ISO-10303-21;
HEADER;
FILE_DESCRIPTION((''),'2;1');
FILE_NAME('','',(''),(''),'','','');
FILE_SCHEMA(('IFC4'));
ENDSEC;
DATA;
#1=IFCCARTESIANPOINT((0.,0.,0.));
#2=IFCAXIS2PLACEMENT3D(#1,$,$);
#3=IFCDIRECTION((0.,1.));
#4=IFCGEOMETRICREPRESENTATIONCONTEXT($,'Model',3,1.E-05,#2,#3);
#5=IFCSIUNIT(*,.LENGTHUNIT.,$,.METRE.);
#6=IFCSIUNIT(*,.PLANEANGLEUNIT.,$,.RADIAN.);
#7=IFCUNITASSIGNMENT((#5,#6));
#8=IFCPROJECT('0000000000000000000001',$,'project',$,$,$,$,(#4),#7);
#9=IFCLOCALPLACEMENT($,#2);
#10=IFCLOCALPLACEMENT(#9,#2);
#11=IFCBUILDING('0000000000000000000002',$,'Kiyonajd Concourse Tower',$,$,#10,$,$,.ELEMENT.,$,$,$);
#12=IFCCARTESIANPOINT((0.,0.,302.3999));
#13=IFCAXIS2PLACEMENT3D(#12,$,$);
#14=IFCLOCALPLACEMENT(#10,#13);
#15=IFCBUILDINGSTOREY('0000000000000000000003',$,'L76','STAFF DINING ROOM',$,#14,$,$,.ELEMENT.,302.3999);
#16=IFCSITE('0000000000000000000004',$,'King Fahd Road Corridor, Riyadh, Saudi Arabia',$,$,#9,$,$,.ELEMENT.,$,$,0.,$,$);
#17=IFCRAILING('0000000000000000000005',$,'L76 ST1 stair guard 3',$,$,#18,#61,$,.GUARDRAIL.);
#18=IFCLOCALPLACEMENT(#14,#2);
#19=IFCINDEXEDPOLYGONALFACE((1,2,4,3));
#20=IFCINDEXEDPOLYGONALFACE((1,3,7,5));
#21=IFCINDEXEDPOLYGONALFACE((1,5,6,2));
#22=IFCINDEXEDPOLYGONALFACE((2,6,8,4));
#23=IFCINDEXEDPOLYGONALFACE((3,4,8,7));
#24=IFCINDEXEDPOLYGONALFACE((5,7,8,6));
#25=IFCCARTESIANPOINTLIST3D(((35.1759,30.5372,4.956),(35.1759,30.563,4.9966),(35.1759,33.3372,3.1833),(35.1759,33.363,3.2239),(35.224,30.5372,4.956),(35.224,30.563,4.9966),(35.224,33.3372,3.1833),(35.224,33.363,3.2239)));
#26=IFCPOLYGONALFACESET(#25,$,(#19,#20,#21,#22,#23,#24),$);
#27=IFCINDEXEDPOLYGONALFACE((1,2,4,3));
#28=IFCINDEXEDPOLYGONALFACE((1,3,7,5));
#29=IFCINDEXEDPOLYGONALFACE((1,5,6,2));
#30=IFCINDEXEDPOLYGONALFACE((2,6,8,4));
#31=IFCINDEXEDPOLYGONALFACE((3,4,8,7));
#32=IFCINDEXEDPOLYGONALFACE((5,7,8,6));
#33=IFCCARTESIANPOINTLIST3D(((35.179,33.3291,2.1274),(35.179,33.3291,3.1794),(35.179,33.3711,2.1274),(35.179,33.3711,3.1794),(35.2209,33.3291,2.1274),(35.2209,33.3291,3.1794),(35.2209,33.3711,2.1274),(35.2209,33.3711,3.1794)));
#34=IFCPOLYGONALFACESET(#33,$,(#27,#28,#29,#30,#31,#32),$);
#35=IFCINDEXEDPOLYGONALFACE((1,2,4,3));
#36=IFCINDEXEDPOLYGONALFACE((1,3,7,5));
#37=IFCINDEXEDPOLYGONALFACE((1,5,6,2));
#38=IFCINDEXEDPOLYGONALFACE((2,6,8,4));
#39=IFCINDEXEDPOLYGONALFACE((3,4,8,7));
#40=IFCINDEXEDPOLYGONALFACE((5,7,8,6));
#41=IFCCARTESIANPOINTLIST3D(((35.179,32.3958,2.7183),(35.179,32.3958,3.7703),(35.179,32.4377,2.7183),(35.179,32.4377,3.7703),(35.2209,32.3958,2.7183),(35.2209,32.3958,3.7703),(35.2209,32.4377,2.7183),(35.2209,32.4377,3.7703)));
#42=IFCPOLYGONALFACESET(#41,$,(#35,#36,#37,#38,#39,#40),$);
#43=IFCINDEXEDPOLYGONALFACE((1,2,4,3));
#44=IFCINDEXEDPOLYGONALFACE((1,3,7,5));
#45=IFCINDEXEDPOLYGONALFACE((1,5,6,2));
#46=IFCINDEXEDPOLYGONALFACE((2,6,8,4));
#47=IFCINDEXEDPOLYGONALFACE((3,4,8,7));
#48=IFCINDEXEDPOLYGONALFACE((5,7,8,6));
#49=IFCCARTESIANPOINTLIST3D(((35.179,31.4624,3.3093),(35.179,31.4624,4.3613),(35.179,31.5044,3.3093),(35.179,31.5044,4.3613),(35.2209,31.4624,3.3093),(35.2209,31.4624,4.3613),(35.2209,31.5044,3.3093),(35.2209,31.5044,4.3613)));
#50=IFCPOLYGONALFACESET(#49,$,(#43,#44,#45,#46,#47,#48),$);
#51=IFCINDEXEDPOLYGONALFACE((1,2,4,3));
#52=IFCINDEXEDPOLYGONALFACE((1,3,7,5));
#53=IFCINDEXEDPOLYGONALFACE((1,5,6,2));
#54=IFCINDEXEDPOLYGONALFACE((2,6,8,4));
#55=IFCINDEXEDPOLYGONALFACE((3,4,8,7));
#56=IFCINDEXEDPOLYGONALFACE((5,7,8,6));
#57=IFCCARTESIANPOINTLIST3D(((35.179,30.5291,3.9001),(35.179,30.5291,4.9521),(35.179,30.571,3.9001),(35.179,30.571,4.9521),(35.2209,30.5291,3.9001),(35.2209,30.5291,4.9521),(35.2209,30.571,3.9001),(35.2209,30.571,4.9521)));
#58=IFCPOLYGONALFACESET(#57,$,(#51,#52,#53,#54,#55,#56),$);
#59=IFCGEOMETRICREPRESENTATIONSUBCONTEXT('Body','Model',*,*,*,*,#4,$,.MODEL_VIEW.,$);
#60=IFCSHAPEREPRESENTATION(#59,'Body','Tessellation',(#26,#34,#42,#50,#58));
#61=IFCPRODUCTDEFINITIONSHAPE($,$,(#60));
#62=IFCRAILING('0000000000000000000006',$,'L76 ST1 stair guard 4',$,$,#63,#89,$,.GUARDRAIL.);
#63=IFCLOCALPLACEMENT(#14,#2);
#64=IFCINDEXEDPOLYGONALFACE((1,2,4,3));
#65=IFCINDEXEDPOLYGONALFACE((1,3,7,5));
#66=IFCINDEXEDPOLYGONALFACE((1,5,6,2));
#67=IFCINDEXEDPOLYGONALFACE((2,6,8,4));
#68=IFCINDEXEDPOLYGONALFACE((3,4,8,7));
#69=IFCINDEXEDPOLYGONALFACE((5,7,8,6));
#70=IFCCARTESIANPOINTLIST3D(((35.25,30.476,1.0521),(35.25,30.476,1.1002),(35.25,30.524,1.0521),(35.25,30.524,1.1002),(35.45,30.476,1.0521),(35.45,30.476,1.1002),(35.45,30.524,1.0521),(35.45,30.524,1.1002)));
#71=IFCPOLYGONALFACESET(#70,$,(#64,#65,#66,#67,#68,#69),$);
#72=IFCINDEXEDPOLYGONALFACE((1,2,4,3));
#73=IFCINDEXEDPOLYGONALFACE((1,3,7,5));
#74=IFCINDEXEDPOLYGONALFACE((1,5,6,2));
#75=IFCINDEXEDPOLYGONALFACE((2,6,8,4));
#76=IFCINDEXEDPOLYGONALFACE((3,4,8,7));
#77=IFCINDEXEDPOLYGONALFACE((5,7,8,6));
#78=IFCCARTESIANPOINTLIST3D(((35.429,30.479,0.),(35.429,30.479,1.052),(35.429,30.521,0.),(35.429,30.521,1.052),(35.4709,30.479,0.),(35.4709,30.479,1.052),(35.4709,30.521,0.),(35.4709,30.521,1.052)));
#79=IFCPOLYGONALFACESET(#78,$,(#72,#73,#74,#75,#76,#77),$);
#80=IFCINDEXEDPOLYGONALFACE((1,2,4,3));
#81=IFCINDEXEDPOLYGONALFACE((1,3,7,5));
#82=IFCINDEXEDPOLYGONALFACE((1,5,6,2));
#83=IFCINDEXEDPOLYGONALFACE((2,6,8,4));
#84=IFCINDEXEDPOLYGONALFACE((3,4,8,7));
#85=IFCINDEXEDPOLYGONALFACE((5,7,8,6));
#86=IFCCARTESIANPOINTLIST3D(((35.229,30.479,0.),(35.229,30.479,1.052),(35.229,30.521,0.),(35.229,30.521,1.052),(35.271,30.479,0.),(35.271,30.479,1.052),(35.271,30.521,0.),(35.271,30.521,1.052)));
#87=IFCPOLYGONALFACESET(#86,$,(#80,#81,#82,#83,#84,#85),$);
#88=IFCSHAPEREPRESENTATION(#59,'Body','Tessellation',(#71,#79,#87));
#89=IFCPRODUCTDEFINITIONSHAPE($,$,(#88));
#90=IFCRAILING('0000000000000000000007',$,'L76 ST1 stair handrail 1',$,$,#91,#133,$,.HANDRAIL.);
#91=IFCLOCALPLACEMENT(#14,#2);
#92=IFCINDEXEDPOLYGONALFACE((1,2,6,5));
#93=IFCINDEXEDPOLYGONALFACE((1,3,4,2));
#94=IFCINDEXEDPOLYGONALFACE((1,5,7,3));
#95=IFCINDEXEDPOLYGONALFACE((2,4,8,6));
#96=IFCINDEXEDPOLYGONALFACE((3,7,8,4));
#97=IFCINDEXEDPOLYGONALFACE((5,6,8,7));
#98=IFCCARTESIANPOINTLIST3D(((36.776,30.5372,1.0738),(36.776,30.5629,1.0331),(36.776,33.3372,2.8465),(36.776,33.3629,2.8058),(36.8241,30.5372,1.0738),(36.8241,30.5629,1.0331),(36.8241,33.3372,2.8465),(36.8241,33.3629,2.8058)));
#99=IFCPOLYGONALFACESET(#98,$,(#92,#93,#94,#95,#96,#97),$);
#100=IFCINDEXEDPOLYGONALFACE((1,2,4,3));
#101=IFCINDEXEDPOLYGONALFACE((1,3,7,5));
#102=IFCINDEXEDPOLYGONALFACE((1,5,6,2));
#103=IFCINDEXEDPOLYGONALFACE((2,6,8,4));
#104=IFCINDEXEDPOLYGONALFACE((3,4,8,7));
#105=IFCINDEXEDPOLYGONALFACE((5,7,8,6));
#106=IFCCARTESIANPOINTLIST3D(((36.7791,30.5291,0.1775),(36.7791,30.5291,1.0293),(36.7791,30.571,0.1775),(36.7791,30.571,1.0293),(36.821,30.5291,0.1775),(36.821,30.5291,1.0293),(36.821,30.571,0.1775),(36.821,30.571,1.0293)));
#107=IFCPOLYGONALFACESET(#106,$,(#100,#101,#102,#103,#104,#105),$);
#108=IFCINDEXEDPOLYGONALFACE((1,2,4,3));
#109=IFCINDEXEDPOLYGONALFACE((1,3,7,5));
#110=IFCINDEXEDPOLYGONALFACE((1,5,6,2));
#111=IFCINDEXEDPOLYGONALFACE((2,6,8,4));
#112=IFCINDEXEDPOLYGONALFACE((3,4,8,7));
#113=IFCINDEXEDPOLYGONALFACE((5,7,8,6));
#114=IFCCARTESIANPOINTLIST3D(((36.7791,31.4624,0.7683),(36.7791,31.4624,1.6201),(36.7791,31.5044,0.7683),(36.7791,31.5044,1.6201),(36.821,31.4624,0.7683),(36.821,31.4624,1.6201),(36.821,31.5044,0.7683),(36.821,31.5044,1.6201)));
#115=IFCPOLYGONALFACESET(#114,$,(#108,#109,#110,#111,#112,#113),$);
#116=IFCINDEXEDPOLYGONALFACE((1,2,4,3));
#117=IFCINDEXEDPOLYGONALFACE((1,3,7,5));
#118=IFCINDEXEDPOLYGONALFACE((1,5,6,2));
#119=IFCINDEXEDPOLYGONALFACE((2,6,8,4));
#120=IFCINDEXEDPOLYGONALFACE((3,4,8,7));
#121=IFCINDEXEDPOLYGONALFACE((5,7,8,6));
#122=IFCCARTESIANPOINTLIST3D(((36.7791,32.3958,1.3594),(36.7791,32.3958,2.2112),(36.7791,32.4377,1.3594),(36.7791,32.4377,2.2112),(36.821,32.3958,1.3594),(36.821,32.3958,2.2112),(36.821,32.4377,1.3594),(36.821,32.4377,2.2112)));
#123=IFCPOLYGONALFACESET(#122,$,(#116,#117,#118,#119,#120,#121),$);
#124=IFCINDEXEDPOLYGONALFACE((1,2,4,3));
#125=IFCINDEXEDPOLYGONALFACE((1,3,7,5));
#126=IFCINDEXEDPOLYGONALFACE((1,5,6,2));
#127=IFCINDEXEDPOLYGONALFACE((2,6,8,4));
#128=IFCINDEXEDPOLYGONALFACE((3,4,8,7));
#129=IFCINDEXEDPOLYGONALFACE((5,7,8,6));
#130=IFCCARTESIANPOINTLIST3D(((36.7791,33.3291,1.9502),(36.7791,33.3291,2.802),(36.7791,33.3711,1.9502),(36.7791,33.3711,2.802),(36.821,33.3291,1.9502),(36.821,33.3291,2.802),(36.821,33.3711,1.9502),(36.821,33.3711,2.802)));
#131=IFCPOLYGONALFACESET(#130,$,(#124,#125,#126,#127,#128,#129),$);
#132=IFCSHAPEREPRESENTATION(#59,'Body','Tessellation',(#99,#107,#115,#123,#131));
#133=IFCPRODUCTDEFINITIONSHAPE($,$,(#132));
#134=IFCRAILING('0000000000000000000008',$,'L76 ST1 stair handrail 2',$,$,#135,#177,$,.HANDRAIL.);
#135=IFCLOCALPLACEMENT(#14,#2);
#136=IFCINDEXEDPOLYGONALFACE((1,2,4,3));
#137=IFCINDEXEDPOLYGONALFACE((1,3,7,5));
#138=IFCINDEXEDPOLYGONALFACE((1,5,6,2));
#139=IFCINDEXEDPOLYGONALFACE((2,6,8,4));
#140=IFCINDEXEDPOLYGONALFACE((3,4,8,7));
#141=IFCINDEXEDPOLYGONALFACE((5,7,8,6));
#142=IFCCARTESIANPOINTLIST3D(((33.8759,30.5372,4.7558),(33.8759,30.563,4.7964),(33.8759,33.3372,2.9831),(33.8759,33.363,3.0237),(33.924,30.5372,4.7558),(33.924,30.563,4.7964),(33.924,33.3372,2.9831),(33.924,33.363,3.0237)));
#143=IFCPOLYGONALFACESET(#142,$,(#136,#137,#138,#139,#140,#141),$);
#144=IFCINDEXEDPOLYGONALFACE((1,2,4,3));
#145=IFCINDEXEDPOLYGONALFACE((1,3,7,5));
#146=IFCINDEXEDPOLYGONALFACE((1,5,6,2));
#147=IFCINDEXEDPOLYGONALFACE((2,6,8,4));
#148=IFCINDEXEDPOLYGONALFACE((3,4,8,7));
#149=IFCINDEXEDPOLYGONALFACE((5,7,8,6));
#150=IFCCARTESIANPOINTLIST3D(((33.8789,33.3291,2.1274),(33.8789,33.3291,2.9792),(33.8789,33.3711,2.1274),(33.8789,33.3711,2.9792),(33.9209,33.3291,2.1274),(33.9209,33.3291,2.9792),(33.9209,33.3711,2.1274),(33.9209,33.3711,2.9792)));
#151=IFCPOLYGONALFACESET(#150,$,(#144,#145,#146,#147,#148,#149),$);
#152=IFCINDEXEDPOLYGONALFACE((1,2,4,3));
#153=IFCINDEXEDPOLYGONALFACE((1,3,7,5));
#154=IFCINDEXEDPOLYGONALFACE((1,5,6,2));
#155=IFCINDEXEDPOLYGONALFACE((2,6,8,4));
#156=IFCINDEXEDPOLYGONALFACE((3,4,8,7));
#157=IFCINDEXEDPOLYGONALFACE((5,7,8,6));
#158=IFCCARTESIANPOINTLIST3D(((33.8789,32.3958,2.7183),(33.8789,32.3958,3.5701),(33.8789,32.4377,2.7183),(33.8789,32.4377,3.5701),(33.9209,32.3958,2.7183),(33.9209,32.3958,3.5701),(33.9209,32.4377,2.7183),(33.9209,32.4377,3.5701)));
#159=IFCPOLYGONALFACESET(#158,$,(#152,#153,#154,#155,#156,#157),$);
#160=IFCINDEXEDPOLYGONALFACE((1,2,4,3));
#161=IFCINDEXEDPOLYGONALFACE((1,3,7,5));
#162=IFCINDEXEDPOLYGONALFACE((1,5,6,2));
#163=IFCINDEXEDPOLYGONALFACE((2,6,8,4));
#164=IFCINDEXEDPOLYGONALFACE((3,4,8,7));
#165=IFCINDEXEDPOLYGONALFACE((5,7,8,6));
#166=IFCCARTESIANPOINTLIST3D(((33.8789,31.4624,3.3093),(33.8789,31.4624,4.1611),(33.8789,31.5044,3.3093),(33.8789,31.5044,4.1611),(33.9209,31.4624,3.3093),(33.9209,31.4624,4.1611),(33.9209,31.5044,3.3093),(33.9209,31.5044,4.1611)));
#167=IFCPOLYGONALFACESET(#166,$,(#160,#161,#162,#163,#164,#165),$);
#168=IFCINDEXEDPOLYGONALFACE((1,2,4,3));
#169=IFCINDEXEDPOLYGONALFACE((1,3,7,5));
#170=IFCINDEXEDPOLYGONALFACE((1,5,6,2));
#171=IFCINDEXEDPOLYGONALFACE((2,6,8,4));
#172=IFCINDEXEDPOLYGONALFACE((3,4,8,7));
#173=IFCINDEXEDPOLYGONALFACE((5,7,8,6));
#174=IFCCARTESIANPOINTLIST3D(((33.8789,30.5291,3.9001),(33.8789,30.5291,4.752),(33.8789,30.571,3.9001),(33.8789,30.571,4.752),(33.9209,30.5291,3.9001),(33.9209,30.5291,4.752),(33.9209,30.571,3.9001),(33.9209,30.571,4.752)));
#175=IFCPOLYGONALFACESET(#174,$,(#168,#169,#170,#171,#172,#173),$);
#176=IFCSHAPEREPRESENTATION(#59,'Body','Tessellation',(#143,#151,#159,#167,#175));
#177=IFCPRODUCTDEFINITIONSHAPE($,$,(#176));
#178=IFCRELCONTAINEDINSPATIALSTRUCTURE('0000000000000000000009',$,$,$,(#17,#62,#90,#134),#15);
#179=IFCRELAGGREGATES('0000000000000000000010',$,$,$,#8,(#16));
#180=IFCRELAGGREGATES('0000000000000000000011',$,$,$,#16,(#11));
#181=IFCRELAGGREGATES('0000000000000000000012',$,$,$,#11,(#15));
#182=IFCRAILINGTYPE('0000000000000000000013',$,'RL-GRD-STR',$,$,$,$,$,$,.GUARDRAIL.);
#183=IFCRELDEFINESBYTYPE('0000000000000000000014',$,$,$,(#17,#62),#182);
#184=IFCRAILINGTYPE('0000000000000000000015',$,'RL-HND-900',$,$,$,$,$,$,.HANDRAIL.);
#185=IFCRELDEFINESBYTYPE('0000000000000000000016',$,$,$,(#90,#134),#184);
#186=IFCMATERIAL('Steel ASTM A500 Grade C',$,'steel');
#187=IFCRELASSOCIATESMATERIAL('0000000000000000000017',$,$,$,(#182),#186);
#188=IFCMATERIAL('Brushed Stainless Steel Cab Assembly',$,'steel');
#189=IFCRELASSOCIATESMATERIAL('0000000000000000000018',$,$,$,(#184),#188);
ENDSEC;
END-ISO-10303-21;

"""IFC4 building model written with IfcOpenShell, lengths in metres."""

from ifc_helpers import new_model, si_unit, direction, frame, origin, origin_2d, place, context, subcontext, project, spatial, rectangle, extrude, material, type_object, element, save


model = new_model("IFC4")

# Units and contexts
model_context = context("Model", 3, precision=1e-05, world=origin(), true_north=direction((0.0, 1.0)))
body_context = subcontext(model_context, "Body", "Model", "MODEL_VIEW")
ifc_project = project(units=[si_unit("LENGTHUNIT", "METRE"), si_unit("PLANEANGLEUNIT", "RADIAN")], contexts=[model_context])

# Site, building, storey
site_placement = place(None, origin())
site = spatial("IfcSite", under=ifc_project, at=site_placement, Name="King Fahd Road Corridor, Riyadh, Saudi Arabia", CompositionType="ELEMENT", RefElevation=0.0)
building_placement = place(site_placement, origin())
building = spatial("IfcBuilding", under=site, at=building_placement, Name="Kiyonajd Concourse Tower", CompositionType="ELEMENT")
storey_placement = place(building_placement, frame((0.0, 0.0, 302.3999)))
storey = spatial("IfcBuildingStorey", under=building, at=storey_placement, Name="L76", Description="STAFF DINING ROOM", CompositionType="ELEMENT", Elevation=302.3999)

# Shared definitions
ifc_material_1 = material(Name="Brushed Stainless Steel Cab Assembly", Category="steel")

# Railings
ifc_material_2 = material(Name="Steel ASTM A500 Grade C", Category="steel")
railing_type_1 = type_object("IfcRailingType", Name="RL-GRD-STR", PredefinedType="GUARDRAIL", material=ifc_material_2)
railing_1_placement = place(storey_placement, frame((35.2, 33.3501, 2.1274)))
element("IfcRailing", 1, at=railing_1_placement, inside=storey, type_object=railing_type_1, Name="L76 ST1 stair guard 3", PredefinedType="GUARDRAIL", context=body_context, shape_type="SweptSolid", body=[
    extrude(rectangle(XDim=0.0481, YDim=0.0481, at=origin_2d()), frame((0.0, 0.0, 1.0762), z_axis=(0.0, -0.844909, 0.53491), x_axis=(1.0, 0.0, 0.0)), (0.0, 0.0, 1.0), 3.314),
    extrude(rectangle(XDim=0.042, YDim=0.042, at=origin_2d()), origin(), (0.0, 0.0, 1.0), 1.052),
    extrude(rectangle(XDim=0.042, YDim=0.042, at=origin_2d()), frame((0.0, -0.9333, 0.5908)), (0.0, 0.0, 1.0), 1.052),
    extrude(rectangle(XDim=0.042, YDim=0.042, at=origin_2d()), frame((0.0, -1.8667, 1.1819)), (0.0, 0.0, 1.0), 1.052),
    extrude(rectangle(XDim=0.042, YDim=0.042, at=origin_2d()), frame((0.0, -2.8, 1.7727)), (0.0, 0.0, 1.0), 1.052),
])
railing_2_placement = place(storey_placement, frame((35.45, 30.5, 0.0)))
element("IfcRailing", 2, at=railing_2_placement, inside=storey, type_object=railing_type_1, Name="L76 ST1 stair guard 4", PredefinedType="GUARDRAIL", context=body_context, shape_type="SweptSolid", body=[
    extrude(rectangle(XDim=0.0481, YDim=0.0481, at=origin_2d()), frame((0.0, 0.0, 1.0762), z_axis=(-1.0, 0.0, 0.0), x_axis=(0.0, -1.0, 0.0)), (0.0, 0.0, 1.0), 0.2),
    extrude(rectangle(XDim=0.042, YDim=0.042, at=origin_2d()), origin(), (0.0, 0.0, 1.0), 1.052),
    extrude(rectangle(XDim=0.042, YDim=0.042, at=origin_2d()), frame((-0.2, 0.0, 0.0)), (0.0, 0.0, 1.0), 1.052),
])
railing_type_2 = type_object("IfcRailingType", Name="RL-HND-900", PredefinedType="HANDRAIL", material=ifc_material_1)
railing_3_placement = place(storey_placement, frame((36.8, 30.55, 0.1775)))
element("IfcRailing", 3, at=railing_3_placement, inside=storey, type_object=railing_type_2, Name="L76 ST1 stair handrail 1", PredefinedType="HANDRAIL", context=body_context, shape_type="SweptSolid", body=[
    extrude(rectangle(XDim=0.0481, YDim=0.0481, at=origin_2d()), frame((0.0, 0.0, 0.876), z_axis=(0.0, 0.844909, 0.53491), x_axis=(-1.0, 0.0, 0.0)), (0.0, 0.0, 1.0), 3.314),
    extrude(rectangle(XDim=0.042, YDim=0.042, at=origin_2d()), origin(), (0.0, 0.0, 1.0), 0.8518),
    extrude(rectangle(XDim=0.042, YDim=0.042, at=origin_2d()), frame((0.0, 0.9333, 0.5908)), (0.0, 0.0, 1.0), 0.8518),
    extrude(rectangle(XDim=0.042, YDim=0.042, at=origin_2d()), frame((0.0, 1.8667, 1.1819)), (0.0, 0.0, 1.0), 0.8518),
    extrude(rectangle(XDim=0.042, YDim=0.042, at=origin_2d()), frame((0.0, 2.8, 1.7727)), (0.0, 0.0, 1.0), 0.8518),
])
railing_4_placement = place(storey_placement, frame((33.8999, 33.3501, 2.1274)))
element("IfcRailing", 4, at=railing_4_placement, inside=storey, type_object=railing_type_2, Name="L76 ST1 stair handrail 2", PredefinedType="HANDRAIL", context=body_context, shape_type="SweptSolid", body=[
    extrude(rectangle(XDim=0.0481, YDim=0.0481, at=origin_2d()), frame((0.0, 0.0, 0.876), z_axis=(0.0, -0.844909, 0.53491), x_axis=(1.0, 0.0, 0.0)), (0.0, 0.0, 1.0), 3.314),
    extrude(rectangle(XDim=0.042, YDim=0.042, at=origin_2d()), origin(), (0.0, 0.0, 1.0), 0.8518),
    extrude(rectangle(XDim=0.042, YDim=0.042, at=origin_2d()), frame((0.0, -0.9333, 0.5908)), (0.0, 0.0, 1.0), 0.8518),
    extrude(rectangle(XDim=0.042, YDim=0.042, at=origin_2d()), frame((0.0, -1.8667, 1.1819)), (0.0, 0.0, 1.0), 0.8518),
    extrude(rectangle(XDim=0.042, YDim=0.042, at=origin_2d()), frame((0.0, -2.8, 1.7727)), (0.0, 0.0, 1.0), 0.8518),
])

save(model, "model.ifc")
